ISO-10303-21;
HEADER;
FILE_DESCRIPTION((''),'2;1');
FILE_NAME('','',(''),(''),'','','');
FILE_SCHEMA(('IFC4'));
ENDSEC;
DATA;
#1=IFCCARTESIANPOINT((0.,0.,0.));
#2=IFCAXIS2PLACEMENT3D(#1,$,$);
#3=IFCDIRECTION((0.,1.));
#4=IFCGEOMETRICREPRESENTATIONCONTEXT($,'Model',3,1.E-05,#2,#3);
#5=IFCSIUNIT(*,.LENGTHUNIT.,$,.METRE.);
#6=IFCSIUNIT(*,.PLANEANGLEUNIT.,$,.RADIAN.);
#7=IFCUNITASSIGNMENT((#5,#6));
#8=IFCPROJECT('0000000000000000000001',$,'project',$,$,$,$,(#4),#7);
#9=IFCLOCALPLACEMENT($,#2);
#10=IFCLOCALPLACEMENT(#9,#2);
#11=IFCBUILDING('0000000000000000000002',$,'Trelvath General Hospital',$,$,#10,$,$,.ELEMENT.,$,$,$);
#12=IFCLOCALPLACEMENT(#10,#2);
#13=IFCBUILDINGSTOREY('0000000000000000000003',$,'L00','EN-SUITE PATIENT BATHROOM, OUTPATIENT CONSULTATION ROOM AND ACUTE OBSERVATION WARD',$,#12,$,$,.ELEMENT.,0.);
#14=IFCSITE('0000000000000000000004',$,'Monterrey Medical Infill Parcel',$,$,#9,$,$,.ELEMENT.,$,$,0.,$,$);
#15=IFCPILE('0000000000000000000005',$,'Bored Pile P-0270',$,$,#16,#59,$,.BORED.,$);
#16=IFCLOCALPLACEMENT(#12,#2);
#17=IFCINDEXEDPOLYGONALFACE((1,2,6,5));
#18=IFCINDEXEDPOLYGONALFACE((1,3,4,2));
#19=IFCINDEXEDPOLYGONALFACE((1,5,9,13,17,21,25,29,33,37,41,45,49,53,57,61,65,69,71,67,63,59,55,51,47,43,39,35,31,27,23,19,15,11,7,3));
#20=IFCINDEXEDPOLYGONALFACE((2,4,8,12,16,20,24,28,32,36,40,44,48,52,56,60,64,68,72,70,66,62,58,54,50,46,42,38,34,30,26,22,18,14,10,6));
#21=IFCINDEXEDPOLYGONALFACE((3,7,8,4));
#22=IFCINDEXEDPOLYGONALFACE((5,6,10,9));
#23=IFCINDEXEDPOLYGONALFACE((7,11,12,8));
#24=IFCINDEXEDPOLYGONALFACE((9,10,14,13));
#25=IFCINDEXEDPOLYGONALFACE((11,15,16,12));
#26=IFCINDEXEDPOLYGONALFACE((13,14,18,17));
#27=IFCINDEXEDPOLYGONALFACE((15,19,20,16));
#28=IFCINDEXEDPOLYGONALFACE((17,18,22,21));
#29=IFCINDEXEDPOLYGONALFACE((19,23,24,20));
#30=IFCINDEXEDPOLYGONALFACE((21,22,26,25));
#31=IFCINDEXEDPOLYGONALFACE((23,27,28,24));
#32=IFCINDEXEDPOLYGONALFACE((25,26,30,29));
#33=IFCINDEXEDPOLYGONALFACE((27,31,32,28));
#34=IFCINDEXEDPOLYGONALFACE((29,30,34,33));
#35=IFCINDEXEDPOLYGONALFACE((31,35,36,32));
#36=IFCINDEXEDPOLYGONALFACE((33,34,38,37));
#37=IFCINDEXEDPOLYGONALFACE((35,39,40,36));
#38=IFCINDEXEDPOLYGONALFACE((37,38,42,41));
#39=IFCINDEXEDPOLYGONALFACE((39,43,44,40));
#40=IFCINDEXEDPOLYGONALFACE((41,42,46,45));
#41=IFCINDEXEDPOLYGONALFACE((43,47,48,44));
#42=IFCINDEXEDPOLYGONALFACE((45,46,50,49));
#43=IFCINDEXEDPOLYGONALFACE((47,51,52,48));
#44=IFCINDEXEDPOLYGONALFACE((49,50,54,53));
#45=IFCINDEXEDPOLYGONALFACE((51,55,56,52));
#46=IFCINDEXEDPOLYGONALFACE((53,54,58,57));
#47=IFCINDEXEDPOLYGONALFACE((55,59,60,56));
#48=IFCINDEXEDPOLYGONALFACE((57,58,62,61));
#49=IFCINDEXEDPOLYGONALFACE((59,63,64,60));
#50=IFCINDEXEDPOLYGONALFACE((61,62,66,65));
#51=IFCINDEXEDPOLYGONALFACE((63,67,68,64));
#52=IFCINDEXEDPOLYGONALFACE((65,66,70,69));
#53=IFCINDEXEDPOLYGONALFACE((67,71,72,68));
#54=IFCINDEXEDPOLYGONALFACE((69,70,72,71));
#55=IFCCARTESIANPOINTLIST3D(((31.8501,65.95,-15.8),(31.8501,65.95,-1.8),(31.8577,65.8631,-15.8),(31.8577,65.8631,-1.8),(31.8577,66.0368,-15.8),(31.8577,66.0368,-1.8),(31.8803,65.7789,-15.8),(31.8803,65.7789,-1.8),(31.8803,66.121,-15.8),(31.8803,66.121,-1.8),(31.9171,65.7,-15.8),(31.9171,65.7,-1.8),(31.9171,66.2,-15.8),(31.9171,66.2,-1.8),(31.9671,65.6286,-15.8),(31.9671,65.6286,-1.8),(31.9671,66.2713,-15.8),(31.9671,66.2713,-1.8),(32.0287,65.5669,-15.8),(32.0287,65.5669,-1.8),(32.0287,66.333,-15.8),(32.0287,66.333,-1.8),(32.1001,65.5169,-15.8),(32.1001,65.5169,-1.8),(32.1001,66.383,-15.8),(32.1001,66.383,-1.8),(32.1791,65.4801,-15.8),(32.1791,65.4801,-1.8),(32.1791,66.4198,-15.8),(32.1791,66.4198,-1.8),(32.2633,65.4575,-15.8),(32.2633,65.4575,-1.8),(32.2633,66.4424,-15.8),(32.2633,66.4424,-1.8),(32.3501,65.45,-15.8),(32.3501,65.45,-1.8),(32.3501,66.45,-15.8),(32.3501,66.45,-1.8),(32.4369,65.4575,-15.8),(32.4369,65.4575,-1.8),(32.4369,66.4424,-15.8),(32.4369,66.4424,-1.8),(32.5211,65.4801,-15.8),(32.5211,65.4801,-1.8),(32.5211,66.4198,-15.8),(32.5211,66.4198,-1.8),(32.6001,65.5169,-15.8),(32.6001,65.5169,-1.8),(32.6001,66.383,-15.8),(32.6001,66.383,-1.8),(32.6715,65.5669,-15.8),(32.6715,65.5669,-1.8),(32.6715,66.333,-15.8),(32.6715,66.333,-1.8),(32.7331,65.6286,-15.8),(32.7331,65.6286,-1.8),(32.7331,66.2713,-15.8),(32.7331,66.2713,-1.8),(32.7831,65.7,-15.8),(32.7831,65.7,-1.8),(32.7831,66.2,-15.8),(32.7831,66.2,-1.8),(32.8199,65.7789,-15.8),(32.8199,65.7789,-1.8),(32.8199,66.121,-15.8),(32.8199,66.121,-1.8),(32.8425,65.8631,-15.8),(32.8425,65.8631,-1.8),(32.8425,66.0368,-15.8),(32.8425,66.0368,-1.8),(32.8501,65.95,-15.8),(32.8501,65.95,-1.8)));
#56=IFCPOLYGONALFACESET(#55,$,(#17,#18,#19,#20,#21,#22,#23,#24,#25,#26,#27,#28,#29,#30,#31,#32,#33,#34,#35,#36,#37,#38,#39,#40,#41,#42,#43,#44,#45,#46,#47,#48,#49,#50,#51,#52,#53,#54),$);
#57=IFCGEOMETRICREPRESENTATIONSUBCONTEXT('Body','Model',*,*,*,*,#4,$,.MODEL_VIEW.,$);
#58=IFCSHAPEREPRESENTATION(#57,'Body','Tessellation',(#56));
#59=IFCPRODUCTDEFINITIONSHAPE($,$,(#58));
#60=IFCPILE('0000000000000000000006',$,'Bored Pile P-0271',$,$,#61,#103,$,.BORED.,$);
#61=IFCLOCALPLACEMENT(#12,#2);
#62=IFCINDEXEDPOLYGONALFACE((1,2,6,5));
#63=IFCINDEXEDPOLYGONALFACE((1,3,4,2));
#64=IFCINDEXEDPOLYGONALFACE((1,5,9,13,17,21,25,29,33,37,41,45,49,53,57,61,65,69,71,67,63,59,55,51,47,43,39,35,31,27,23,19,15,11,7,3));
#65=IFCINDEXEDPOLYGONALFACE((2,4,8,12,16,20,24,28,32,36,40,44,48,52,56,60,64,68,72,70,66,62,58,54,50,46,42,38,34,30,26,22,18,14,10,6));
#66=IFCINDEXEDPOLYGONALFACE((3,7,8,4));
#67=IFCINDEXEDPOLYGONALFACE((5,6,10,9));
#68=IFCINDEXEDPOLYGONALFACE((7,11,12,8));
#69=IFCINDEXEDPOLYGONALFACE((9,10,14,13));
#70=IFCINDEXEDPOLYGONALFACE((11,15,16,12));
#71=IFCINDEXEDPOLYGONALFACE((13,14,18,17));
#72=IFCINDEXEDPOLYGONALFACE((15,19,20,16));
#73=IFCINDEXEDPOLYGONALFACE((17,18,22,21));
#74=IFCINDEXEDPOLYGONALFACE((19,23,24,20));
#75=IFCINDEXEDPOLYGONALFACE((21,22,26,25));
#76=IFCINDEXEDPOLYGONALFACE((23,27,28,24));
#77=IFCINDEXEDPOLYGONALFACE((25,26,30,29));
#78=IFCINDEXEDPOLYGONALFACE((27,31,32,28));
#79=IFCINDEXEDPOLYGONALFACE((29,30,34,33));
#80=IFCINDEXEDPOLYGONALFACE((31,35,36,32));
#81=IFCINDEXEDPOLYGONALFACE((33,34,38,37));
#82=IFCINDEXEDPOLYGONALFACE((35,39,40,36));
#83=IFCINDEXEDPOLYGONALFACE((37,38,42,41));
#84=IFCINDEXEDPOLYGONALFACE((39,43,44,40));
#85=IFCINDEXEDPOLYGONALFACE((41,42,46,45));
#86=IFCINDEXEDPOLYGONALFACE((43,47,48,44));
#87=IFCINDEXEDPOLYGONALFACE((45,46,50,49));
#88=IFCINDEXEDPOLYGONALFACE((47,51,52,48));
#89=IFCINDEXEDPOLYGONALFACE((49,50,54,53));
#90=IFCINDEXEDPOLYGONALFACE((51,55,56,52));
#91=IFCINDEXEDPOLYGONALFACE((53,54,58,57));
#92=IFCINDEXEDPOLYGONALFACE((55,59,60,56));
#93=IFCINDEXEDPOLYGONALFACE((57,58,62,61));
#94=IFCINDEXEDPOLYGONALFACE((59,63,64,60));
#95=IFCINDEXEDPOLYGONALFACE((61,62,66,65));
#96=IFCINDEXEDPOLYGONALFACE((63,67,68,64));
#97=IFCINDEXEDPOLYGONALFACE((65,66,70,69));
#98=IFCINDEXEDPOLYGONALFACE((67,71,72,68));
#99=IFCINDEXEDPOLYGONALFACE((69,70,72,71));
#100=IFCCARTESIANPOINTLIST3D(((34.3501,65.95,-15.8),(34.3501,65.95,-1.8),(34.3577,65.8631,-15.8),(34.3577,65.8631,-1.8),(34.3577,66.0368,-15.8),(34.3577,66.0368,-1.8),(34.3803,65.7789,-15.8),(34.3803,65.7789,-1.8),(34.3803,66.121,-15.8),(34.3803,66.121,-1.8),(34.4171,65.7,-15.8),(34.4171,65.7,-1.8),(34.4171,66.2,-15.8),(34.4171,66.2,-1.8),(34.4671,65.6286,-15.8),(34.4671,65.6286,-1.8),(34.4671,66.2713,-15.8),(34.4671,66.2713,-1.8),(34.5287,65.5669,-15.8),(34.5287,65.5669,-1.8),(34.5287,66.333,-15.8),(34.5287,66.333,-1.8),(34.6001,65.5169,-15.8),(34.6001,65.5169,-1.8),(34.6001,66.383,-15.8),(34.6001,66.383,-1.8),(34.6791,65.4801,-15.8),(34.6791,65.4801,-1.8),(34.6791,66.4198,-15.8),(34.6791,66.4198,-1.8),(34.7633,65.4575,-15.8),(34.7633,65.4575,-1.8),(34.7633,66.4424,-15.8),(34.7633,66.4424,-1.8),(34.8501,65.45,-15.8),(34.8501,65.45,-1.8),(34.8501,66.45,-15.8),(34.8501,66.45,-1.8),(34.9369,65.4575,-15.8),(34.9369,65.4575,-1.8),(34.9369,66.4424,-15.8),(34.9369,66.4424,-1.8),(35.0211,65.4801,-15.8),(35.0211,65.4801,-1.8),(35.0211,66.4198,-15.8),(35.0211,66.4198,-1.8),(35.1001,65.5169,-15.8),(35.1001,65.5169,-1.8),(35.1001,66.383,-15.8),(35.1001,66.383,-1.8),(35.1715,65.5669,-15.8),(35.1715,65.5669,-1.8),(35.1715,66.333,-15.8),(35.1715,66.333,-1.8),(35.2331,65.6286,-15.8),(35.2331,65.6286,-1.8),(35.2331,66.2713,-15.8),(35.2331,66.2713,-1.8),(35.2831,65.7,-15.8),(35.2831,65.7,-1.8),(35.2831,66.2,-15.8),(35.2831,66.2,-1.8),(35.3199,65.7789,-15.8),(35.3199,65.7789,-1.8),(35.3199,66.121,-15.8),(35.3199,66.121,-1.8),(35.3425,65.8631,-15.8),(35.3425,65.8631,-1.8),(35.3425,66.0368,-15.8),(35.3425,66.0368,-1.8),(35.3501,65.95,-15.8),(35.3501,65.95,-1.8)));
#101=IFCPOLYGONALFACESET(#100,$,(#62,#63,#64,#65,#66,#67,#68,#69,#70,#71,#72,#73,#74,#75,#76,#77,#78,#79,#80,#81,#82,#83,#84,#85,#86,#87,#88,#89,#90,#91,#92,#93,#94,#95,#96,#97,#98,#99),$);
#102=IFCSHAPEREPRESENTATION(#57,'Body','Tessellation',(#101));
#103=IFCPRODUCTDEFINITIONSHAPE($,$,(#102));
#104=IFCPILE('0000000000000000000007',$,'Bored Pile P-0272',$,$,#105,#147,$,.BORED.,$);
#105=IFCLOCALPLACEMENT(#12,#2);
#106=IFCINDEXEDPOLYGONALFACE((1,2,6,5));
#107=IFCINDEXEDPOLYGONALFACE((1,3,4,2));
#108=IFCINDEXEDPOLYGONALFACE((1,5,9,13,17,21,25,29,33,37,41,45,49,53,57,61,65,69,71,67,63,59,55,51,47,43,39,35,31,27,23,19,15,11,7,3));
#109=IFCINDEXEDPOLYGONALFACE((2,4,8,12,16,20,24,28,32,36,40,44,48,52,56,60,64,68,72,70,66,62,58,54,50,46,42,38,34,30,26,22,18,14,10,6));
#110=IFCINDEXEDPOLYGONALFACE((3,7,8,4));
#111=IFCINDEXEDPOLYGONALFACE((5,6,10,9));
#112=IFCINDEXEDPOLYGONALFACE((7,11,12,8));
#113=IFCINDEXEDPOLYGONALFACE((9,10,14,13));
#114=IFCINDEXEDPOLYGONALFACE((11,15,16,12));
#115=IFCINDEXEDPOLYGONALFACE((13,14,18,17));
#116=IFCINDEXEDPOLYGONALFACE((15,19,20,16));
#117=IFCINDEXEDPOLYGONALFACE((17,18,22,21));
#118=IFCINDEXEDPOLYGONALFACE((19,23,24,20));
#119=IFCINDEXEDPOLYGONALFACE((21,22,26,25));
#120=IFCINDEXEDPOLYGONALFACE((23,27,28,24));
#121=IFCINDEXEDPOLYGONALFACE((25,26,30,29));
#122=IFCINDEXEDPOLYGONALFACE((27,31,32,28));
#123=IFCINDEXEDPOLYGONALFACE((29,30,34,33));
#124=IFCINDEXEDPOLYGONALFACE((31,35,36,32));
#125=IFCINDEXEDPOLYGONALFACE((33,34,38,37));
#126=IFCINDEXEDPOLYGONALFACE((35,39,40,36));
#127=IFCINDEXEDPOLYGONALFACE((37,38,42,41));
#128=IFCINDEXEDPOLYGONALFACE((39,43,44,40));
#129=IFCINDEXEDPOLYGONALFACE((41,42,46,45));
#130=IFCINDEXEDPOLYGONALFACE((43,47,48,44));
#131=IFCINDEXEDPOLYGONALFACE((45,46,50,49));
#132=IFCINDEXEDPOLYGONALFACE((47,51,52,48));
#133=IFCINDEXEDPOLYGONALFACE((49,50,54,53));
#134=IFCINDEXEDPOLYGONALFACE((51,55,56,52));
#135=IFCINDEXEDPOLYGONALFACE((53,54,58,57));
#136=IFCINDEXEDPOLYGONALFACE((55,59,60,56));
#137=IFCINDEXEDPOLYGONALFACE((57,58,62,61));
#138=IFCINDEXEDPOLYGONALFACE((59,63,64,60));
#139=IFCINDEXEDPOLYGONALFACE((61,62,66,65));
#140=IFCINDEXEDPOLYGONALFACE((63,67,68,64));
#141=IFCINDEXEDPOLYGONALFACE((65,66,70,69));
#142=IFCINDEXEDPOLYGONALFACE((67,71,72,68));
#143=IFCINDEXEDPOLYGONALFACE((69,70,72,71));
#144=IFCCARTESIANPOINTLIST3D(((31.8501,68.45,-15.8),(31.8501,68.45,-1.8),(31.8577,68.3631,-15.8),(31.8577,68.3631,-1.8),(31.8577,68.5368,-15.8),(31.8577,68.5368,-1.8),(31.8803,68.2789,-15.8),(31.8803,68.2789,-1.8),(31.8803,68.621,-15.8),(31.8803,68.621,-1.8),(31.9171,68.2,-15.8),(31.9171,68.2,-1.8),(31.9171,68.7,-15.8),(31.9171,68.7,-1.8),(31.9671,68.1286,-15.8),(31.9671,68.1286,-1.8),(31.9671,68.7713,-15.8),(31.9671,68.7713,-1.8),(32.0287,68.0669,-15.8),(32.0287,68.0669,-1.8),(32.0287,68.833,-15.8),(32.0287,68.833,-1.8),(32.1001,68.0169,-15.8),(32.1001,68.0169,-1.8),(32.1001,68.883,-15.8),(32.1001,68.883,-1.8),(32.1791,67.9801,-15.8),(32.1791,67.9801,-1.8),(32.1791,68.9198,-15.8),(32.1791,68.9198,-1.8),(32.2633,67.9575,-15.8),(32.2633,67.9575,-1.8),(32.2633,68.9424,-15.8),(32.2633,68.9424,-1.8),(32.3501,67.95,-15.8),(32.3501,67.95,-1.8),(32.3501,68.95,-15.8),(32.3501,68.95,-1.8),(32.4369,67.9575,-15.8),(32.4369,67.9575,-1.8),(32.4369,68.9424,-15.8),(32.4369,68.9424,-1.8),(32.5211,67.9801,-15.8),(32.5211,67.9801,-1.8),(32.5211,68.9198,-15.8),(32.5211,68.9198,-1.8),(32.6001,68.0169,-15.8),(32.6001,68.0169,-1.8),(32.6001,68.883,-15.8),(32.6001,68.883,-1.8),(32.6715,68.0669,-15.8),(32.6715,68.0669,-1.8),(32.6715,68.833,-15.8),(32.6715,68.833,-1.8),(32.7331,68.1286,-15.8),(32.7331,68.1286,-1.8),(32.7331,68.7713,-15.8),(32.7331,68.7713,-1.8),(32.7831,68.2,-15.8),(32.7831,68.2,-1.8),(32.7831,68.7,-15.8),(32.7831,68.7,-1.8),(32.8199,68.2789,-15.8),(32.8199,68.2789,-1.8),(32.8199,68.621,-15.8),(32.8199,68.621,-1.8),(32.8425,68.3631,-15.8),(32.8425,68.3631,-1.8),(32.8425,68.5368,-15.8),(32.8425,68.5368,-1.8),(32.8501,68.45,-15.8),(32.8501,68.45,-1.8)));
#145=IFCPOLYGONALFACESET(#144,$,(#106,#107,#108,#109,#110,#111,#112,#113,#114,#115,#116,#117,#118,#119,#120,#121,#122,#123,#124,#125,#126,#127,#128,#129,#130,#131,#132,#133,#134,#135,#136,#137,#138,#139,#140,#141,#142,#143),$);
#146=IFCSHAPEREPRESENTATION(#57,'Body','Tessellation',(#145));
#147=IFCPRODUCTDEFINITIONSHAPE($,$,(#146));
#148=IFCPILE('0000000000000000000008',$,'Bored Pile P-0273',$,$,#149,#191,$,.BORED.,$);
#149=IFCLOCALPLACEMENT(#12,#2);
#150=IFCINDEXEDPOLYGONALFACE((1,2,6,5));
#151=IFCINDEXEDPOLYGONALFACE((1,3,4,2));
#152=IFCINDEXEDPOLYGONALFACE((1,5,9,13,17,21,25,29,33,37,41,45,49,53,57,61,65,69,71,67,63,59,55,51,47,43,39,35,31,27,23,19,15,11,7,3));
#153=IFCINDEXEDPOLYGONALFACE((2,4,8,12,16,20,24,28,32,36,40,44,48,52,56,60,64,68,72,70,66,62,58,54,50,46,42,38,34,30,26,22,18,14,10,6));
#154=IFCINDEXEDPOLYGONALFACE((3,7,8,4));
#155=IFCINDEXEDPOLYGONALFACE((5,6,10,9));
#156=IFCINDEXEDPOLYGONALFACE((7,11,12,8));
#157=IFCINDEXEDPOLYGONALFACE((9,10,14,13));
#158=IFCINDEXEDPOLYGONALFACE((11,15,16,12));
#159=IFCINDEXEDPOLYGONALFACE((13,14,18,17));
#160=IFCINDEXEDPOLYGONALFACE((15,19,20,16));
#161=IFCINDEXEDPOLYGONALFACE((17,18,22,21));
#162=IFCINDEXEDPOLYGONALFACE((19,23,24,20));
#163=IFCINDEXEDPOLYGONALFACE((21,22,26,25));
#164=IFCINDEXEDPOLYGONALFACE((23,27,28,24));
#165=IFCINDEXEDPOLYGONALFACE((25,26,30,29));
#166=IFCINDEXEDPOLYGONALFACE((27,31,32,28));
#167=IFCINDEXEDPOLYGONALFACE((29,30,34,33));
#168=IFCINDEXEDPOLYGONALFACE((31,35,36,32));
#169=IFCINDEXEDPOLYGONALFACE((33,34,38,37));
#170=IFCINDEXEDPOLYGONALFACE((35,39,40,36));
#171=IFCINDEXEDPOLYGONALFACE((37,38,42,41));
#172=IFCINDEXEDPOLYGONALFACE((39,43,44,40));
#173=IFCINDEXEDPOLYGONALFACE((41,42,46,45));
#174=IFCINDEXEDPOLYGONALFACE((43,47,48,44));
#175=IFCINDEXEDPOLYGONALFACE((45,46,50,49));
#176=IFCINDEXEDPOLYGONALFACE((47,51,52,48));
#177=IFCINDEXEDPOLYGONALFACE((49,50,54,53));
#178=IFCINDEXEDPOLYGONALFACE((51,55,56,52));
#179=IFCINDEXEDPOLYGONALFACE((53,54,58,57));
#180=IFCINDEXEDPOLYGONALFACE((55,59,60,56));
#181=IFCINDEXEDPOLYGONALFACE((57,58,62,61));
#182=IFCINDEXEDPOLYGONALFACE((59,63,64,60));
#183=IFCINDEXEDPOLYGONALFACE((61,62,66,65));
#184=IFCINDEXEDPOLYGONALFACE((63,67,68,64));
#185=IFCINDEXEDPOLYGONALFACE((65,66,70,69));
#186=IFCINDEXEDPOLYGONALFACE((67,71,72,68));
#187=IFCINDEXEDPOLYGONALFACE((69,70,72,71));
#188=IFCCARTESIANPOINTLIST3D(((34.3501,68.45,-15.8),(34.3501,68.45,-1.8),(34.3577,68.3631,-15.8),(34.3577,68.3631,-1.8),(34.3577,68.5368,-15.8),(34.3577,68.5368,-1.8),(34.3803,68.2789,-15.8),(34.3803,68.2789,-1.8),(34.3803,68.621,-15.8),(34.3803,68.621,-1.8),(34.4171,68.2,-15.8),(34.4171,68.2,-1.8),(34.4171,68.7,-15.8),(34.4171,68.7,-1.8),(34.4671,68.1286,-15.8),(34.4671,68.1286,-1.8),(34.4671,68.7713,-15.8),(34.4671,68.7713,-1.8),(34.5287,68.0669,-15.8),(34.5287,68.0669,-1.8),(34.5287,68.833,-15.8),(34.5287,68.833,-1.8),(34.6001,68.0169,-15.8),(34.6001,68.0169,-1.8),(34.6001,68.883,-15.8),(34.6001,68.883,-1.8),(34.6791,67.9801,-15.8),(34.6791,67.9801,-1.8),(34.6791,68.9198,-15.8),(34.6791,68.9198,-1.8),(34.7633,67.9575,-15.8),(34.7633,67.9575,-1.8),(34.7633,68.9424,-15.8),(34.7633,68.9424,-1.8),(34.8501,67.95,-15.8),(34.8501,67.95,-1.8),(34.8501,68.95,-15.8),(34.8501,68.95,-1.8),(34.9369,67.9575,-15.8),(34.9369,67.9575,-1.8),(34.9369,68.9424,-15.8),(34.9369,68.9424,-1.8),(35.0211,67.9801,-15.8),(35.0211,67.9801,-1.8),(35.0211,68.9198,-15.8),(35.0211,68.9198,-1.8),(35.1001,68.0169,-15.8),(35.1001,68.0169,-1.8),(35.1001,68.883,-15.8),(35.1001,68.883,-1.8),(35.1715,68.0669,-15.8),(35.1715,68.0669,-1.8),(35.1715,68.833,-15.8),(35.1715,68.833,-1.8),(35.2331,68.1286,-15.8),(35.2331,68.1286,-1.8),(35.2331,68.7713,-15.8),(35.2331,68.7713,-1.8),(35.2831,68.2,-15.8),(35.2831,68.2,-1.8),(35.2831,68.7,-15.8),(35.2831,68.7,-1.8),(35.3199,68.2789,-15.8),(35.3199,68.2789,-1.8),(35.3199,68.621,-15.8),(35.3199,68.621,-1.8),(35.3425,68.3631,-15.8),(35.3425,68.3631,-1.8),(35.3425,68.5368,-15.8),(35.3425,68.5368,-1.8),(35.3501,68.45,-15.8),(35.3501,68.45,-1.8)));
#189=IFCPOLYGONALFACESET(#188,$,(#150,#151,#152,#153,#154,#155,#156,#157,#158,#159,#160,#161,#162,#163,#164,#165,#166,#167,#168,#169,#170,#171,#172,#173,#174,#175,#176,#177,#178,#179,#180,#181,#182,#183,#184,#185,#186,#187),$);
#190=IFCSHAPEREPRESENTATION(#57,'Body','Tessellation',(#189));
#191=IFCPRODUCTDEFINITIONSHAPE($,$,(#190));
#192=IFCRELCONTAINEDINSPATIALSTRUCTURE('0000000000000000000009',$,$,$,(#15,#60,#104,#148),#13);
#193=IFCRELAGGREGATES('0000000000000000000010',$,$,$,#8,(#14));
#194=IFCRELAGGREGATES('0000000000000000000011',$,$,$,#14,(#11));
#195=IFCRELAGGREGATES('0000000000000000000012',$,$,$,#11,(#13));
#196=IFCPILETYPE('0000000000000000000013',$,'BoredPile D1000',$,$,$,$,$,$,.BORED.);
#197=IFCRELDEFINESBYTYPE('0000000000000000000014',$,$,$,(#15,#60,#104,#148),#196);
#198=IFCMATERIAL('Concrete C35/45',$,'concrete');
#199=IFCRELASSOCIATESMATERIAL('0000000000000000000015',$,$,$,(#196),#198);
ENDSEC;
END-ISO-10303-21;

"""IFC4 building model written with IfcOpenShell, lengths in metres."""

from ifc_helpers import new_model, si_unit, direction, frame, origin, origin_2d, place, context, subcontext, project, spatial, circle, extrude, material, material_profile, profile_set, type_object, element, save


model = new_model("IFC4")

# Units and contexts
model_context = context("Model", 3, precision=1e-05, world=origin(), true_north=direction((0.0, 1.0)))
body_context = subcontext(model_context, "Body", "Model", "MODEL_VIEW")
ifc_project = project(units=[si_unit("LENGTHUNIT", "METRE"), si_unit("PLANEANGLEUNIT", "RADIAN")], contexts=[model_context])

# Site, building, storey
site_placement = place(None, origin())
site = spatial("IfcSite", under=ifc_project, at=site_placement, Name="Monterrey Medical Infill Parcel", CompositionType="ELEMENT", RefElevation=0.0)
building_placement = place(site_placement, origin())
building = spatial("IfcBuilding", under=site, at=building_placement, Name="Trelvath General Hospital", CompositionType="ELEMENT")
storey_placement = place(building_placement, origin())
storey = spatial("IfcBuildingStorey", under=building, at=storey_placement, Name="L00", Description="EN-SUITE PATIENT BATHROOM, OUTPATIENT CONSULTATION ROOM AND ACUTE OBSERVATION WARD", CompositionType="ELEMENT", Elevation=0.0)

# Piles
ifc_material_1 = material(Name="Concrete C35/45", Category="concrete")
ifc_material_profile_1 = material_profile(ifc_material_1, circle(Radius=0.5, at=origin_2d()), Name="PILE1000")
ifc_profile_set_1 = profile_set([ifc_material_profile_1], Name="Concrete C35/45")
pile_type_1 = type_object("IfcPileType", Name="BoredPile D1000", PredefinedType="BORED", material=ifc_profile_set_1)
for number, where, z_axis, x_axis, name in (
    (1, (32.3501, 65.95, -1.8), (0.0, 0.0, -1.0), (1.0, 0.0, 0.0), "Bored Pile P-0270"),
    (2, (34.8501, 65.95, -1.8), (0.0, 0.0, -1.0), (1.0, 0.0, 0.0), "Bored Pile P-0271"),
    (3, (32.3501, 68.45, -1.8), (0.0, 0.0, -1.0), (1.0, 0.0, 0.0), "Bored Pile P-0272"),
    (4, (34.8501, 68.45, -1.8), (0.0, 0.0, -1.0), (1.0, 0.0, 0.0), "Bored Pile P-0273"),
):
    element("IfcPile", number, at=place(storey_placement, frame(where, z_axis=z_axis, x_axis=x_axis)), inside=storey, type_object=pile_type_1, Name=name, PredefinedType="BORED", context=body_context, shape_type="SweptSolid", body=[
        extrude(circle(Radius=0.5, at=origin_2d()), origin(), (0.0, 0.0, 1.0), 14.0),
    ])

save(model, "model.ifc")
